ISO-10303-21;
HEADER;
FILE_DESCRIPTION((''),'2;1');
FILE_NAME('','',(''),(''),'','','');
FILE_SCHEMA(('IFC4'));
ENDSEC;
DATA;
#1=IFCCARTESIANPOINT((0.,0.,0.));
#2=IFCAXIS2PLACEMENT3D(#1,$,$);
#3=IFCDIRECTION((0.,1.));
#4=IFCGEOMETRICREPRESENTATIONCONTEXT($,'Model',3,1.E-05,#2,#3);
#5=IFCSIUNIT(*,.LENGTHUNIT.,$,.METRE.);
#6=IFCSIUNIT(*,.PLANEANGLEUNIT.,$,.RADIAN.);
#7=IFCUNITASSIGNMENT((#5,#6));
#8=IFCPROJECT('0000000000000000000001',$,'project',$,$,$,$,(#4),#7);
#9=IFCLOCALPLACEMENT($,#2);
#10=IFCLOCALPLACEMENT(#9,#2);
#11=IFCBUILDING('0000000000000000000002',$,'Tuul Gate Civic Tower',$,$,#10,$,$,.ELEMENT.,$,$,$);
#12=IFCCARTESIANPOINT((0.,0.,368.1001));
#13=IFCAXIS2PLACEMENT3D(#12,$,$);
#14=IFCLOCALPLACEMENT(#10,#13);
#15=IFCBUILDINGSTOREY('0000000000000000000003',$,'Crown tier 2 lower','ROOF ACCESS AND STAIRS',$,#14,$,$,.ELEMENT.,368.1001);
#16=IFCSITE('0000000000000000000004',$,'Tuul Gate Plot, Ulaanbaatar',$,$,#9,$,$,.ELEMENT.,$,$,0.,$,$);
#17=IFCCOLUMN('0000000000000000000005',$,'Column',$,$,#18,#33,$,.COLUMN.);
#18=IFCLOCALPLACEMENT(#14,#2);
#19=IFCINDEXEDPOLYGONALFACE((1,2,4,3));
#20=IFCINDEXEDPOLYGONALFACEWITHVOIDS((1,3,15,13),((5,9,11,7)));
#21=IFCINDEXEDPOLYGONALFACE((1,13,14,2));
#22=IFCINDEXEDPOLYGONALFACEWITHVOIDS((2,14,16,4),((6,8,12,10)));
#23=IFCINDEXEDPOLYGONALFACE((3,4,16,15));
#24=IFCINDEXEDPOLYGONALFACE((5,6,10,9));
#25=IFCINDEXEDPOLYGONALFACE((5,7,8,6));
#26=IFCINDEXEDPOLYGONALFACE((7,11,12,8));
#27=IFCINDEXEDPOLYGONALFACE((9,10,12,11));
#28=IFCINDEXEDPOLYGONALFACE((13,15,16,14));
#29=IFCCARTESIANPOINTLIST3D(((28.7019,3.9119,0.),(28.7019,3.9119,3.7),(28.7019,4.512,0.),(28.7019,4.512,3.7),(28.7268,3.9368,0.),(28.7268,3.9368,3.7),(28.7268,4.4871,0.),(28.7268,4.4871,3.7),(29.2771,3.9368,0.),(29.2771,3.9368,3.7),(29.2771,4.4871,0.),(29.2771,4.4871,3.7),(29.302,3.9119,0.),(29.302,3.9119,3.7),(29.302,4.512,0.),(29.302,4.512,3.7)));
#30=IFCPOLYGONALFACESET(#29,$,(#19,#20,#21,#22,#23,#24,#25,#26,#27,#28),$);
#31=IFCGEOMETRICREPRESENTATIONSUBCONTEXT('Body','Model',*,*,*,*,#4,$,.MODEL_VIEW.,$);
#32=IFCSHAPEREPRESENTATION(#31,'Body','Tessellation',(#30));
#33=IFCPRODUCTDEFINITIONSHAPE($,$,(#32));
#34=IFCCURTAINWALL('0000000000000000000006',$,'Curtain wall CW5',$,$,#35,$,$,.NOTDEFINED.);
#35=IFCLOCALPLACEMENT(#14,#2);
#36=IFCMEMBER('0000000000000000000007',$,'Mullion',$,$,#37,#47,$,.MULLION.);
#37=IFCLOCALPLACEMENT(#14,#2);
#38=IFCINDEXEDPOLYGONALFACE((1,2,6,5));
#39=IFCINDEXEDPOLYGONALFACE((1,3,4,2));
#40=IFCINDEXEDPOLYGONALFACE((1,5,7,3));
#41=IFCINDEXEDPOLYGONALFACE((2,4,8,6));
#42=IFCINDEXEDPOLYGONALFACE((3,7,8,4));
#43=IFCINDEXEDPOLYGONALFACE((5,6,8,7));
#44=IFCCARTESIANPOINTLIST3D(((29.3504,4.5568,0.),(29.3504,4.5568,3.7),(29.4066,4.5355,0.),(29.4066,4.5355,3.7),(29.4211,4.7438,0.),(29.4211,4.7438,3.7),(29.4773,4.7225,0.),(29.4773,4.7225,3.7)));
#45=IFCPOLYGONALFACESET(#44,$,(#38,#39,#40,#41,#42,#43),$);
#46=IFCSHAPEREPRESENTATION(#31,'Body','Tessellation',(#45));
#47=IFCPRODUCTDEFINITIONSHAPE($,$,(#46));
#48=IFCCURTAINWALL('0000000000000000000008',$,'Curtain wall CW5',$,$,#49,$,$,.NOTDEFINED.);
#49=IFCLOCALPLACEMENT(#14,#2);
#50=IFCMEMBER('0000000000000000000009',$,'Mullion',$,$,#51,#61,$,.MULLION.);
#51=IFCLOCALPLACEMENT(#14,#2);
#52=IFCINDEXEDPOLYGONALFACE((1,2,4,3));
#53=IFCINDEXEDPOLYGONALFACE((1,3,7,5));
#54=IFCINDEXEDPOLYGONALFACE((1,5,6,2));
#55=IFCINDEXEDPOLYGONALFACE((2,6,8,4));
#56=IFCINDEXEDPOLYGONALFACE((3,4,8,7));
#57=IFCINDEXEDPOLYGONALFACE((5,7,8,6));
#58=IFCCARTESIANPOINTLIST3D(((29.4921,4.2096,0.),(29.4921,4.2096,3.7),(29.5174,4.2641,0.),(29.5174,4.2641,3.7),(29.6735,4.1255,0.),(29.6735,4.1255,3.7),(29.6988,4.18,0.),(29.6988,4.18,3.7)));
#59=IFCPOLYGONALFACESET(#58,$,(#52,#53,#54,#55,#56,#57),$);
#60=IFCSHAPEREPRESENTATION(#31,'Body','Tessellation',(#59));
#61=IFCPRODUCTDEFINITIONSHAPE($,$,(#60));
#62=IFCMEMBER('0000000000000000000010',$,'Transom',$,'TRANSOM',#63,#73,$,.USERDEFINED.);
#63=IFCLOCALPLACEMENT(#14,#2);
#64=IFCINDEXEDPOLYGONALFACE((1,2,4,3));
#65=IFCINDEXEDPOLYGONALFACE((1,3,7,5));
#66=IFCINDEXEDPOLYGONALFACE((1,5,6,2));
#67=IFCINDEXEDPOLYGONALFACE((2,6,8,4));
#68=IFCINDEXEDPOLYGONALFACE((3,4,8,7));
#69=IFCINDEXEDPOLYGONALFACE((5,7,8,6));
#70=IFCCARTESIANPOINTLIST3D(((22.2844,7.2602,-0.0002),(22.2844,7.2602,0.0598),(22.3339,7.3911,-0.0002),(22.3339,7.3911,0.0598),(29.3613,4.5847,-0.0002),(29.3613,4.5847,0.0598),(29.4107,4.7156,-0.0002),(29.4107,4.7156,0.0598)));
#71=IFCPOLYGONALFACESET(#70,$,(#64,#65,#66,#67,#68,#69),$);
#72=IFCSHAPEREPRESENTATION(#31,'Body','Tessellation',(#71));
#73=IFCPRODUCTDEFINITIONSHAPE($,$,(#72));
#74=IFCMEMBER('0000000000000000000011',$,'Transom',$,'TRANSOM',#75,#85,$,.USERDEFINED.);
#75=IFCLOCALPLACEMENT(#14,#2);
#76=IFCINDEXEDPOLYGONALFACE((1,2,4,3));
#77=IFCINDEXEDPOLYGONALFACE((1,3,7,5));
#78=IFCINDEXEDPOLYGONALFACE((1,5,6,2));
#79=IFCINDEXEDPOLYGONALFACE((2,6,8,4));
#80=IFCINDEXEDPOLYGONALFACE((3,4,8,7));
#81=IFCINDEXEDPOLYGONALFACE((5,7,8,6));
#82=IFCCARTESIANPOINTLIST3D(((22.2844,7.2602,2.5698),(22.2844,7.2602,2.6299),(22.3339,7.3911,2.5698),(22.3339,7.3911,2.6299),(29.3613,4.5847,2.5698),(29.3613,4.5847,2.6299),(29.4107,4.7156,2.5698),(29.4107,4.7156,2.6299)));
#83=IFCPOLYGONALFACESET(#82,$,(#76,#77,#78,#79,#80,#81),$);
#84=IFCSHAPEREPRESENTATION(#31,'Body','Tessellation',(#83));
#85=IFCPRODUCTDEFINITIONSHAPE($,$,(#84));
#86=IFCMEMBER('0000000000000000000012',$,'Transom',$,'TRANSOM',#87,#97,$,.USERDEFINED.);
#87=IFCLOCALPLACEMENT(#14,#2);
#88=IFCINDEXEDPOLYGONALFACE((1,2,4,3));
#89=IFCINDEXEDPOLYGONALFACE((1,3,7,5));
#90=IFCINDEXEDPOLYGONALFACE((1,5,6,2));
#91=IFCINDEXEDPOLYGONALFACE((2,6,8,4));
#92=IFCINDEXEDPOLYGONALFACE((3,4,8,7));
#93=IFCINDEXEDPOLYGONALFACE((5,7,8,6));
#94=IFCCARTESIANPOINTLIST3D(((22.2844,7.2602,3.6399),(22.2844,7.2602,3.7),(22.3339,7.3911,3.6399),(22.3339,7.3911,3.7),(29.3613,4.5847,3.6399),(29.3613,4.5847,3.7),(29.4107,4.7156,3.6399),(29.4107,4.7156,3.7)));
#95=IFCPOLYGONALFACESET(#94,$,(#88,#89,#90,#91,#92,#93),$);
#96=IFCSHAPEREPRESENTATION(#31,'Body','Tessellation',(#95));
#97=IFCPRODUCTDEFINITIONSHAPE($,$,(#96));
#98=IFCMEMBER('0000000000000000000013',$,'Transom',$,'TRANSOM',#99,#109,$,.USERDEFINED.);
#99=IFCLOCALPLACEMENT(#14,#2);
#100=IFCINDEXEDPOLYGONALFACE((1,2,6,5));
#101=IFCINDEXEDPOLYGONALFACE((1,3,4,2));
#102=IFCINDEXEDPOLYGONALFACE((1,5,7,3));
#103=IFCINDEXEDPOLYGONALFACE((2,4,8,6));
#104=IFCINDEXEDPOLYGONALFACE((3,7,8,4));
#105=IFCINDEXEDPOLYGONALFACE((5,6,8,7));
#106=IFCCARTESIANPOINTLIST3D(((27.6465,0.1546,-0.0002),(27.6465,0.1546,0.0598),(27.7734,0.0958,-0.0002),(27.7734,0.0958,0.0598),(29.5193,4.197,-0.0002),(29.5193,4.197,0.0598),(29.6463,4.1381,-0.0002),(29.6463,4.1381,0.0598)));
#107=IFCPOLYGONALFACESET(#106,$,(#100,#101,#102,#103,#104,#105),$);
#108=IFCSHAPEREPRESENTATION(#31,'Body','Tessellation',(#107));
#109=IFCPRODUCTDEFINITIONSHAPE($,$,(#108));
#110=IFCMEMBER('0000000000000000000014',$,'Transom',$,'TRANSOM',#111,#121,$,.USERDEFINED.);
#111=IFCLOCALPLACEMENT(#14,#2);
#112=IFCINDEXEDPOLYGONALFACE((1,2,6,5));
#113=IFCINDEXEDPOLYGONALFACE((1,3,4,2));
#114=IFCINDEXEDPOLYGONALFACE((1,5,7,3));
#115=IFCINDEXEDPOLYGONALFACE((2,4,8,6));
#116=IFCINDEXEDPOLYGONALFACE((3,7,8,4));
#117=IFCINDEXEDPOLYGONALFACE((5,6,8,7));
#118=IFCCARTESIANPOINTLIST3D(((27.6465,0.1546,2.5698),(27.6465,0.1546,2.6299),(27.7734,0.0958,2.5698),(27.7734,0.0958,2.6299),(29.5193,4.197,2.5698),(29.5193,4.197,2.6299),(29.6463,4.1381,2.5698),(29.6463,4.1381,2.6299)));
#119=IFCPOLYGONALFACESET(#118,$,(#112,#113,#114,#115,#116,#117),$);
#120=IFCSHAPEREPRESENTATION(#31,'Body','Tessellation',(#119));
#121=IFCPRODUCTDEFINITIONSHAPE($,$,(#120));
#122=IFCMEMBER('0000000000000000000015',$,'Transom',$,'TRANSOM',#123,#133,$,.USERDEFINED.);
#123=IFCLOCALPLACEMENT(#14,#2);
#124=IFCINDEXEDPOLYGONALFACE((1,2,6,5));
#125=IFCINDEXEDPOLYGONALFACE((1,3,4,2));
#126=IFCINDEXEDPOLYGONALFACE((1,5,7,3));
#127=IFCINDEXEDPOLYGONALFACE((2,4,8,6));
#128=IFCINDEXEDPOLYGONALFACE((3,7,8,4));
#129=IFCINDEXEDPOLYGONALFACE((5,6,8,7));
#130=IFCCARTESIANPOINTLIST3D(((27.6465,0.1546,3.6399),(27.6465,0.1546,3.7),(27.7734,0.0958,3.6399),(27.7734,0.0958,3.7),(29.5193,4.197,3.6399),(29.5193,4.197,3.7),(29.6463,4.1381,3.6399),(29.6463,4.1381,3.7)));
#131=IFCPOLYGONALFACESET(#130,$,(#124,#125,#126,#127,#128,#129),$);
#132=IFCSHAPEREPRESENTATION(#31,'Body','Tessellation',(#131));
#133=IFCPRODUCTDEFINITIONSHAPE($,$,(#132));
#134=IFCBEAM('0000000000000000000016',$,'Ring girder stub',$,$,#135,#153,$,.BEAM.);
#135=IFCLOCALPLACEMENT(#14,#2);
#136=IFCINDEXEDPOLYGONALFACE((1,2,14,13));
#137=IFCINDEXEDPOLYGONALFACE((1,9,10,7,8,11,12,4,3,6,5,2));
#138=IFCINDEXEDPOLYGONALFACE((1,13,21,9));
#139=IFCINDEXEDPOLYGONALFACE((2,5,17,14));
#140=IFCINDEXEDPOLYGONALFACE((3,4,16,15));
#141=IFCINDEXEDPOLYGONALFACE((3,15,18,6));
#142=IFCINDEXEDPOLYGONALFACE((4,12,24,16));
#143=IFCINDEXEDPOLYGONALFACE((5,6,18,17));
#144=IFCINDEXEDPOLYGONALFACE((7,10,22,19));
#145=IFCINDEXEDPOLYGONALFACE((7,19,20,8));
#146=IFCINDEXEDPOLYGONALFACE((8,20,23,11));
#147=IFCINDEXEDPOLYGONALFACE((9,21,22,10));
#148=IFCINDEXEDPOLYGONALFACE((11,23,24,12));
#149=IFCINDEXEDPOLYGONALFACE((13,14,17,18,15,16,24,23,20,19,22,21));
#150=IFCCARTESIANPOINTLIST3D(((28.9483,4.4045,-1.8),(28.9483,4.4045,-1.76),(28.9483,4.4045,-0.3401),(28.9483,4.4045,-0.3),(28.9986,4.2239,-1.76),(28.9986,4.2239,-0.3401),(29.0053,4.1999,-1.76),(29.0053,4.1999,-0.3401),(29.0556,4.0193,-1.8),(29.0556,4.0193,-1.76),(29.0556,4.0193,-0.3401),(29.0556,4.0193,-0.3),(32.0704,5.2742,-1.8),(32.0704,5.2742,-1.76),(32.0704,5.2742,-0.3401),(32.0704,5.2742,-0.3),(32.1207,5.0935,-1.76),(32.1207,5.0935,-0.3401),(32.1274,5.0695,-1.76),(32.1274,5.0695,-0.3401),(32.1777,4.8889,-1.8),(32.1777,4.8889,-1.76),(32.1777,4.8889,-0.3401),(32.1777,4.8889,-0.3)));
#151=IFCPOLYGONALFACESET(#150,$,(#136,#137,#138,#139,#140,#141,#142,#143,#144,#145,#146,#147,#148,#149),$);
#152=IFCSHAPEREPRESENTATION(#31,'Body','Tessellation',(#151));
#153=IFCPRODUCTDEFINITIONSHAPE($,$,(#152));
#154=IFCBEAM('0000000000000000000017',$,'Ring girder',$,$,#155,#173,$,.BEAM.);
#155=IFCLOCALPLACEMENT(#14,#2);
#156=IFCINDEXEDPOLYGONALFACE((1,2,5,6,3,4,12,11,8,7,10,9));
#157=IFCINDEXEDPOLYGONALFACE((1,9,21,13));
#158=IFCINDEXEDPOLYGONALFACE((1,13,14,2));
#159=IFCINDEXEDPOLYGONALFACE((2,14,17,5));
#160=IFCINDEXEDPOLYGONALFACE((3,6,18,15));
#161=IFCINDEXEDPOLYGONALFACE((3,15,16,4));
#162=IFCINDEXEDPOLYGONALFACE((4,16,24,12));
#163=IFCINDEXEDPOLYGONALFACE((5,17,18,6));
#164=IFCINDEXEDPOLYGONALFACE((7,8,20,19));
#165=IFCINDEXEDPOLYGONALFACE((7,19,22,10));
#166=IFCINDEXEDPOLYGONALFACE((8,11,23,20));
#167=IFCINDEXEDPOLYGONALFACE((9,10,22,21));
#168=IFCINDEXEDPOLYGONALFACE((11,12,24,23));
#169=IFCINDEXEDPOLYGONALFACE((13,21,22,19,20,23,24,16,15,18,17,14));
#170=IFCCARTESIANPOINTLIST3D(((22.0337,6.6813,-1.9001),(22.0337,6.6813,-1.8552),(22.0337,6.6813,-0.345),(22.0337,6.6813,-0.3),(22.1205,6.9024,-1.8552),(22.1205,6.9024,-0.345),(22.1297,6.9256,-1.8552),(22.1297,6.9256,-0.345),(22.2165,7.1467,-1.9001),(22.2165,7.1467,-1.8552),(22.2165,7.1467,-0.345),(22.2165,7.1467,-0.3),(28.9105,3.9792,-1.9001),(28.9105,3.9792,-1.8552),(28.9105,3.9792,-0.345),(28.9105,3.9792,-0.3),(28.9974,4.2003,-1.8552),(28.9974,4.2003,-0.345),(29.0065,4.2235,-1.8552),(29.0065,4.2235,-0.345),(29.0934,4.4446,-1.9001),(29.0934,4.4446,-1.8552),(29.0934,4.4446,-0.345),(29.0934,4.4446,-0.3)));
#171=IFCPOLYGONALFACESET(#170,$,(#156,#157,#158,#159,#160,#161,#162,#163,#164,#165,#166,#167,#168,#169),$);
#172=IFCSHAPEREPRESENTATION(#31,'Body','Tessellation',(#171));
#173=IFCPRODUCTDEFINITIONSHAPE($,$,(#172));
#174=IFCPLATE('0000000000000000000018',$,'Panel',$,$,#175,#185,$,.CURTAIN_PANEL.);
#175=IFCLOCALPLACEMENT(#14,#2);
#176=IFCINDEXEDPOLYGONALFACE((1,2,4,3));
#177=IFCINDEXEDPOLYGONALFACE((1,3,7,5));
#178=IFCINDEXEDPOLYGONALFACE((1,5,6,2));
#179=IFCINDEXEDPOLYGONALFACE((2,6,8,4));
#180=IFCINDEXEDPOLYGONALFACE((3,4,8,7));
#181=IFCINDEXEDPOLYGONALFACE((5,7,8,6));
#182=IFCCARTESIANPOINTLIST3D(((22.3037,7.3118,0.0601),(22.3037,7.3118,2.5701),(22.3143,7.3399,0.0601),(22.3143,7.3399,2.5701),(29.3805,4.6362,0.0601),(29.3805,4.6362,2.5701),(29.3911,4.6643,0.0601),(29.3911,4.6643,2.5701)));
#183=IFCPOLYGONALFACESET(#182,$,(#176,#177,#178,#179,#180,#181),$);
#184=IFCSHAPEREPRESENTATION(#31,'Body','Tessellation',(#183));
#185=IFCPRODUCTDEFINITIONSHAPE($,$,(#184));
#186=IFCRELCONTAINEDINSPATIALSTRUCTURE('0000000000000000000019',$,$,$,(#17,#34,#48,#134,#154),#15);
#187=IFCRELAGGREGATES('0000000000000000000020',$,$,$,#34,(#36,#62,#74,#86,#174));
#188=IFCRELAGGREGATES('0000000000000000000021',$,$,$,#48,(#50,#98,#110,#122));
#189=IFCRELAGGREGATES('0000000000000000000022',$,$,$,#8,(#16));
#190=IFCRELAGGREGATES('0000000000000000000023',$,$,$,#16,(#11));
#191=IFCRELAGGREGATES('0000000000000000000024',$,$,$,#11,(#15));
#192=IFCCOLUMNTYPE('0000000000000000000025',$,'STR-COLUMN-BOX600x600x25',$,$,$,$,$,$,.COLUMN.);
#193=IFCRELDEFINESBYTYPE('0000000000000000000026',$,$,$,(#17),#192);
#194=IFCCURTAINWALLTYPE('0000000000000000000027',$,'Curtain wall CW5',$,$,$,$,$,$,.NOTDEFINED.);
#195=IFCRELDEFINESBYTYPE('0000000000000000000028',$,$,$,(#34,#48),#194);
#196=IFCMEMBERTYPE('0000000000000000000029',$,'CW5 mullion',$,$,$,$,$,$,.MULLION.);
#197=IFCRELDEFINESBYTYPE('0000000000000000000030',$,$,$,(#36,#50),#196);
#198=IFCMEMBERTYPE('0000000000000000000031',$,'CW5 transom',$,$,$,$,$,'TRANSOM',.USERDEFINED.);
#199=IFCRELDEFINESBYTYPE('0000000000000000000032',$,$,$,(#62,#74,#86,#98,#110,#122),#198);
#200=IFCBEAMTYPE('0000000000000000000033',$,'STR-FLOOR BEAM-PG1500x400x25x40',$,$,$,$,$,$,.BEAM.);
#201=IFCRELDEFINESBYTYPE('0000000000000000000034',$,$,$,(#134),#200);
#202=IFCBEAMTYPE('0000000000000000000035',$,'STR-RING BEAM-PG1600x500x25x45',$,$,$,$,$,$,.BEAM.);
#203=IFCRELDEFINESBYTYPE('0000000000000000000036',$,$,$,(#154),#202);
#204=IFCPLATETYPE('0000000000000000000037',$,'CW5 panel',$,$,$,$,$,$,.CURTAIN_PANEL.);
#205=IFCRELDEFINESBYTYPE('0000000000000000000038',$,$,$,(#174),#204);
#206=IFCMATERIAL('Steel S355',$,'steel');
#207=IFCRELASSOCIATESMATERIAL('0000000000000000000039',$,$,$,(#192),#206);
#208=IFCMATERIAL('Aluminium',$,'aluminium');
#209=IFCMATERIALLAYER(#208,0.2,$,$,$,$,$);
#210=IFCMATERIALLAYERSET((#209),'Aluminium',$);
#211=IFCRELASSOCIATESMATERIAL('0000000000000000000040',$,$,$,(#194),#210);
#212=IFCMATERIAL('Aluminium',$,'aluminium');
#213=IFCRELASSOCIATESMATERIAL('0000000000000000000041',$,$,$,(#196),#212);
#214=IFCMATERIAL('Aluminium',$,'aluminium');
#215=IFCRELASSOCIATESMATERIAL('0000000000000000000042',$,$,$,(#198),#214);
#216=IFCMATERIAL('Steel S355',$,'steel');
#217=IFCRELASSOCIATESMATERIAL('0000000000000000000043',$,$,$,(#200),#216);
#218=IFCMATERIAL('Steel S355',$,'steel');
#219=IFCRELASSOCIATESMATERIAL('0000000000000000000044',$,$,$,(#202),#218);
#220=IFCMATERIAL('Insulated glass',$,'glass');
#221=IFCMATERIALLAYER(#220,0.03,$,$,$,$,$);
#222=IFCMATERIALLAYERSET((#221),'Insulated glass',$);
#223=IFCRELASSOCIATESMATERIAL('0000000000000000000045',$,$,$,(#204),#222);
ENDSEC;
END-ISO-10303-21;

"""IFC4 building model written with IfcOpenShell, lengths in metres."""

from ifc_helpers import new_model, si_unit, direction, frame, origin, origin_2d, place, context, subcontext, project, spatial, rectangle, hollow_rectangle, i_section, extrude, material, layer, layer_set, material_profile, profile_set, type_object, element, aggregate, save


model = new_model("IFC4")

# Units and contexts
model_context = context("Model", 3, precision=1e-05, world=origin(), true_north=direction((0.0, 1.0)))
body_context = subcontext(model_context, "Body", "Model", "MODEL_VIEW")
ifc_project = project(units=[si_unit("LENGTHUNIT", "METRE"), si_unit("PLANEANGLEUNIT", "RADIAN")], contexts=[model_context])

# Site, building, storey
site_placement = place(None, origin())
site = spatial("IfcSite", under=ifc_project, at=site_placement, Name="Tuul Gate Plot, Ulaanbaatar", CompositionType="ELEMENT", RefElevation=0.0)
building_placement = place(site_placement, origin())
building = spatial("IfcBuilding", under=site, at=building_placement, Name="Tuul Gate Civic Tower", CompositionType="ELEMENT")
storey_placement = place(building_placement, frame((0.0, 0.0, 368.1001)))
storey = spatial("IfcBuildingStorey", under=building, at=storey_placement, Name="Crown tier 2 lower", Description="ROOF ACCESS AND STAIRS", CompositionType="ELEMENT", Elevation=368.1001)

# Column
ifc_material_1 = material(Name="Steel S355", Category="steel")
ifc_material_profile_1 = material_profile(ifc_material_1, hollow_rectangle(XDim=0.6001, YDim=0.6001, WallThickness=0.0249, at=origin_2d()), Name="BOX600x600x25")
ifc_profile_set_1 = profile_set([ifc_material_profile_1], Name="Steel S355")
column_type = type_object("IfcColumnType", Name="STR-COLUMN-BOX600x600x25", PredefinedType="COLUMN", material=ifc_profile_set_1)
column_placement = place(storey_placement, frame((29.002, 4.2119, 0.0), z_axis=(0.0, 0.0, 1.0), x_axis=(1.0, 0.0, 0.0)))
element("IfcColumn", 1, at=column_placement, inside=storey, type_object=column_type, Name="Column", PredefinedType="COLUMN", context=body_context, shape_type="SweptSolid", body=[
    extrude(hollow_rectangle(XDim=0.6001, YDim=0.6001, WallThickness=0.0249, at=origin_2d()), origin(), (0.0, 0.0, 1.0), 3.7),
])

# Curtain walls, members
ifc_material_2 = material(Name="Aluminium", Category="aluminium")
ifc_layer_1 = layer(ifc_material_2, 0.2)
ifc_layer_set_1 = layer_set([ifc_layer_1], Name="Aluminium")
curtain_wall_type = type_object("IfcCurtainWallType", Name="Curtain wall CW5", PredefinedType="NOTDEFINED", material=ifc_layer_set_1)
curtain_wall_1_placement = place(storey_placement, origin())
curtain_wall_1 = element("IfcCurtainWall", 2, at=curtain_wall_1_placement, inside=storey, type_object=curtain_wall_type, Name="Curtain wall CW5", PredefinedType="NOTDEFINED")
ifc_material_3 = material(Name="Aluminium", Category="aluminium")
ifc_material_profile_2 = material_profile(ifc_material_3, rectangle(XDim=0.2, YDim=0.0601, at=origin_2d()), Name="CW5 mullion")
ifc_profile_set_2 = profile_set([ifc_material_profile_2], Name="Aluminium")
member_type_1 = type_object("IfcMemberType", Name="CW5 mullion", PredefinedType="MULLION", material=ifc_profile_set_2)
member_1_placement = place(storey_placement, frame((29.4138, 4.6396, 0.0), z_axis=(0.0, 0.0, 1.0), x_axis=(-0.353646, -0.935379, 0.0)))
member_1 = element("IfcMember", 3, at=member_1_placement, type_object=member_type_1, Name="Mullion", PredefinedType="MULLION", context=body_context, shape_type="SweptSolid", body=[
    extrude(rectangle(XDim=0.2, YDim=0.0601, at=origin_2d()), origin(), (0.0, 0.0, 1.0), 3.7),
])
curtain_wall_2_placement = place(storey_placement, origin())
curtain_wall_2 = element("IfcCurtainWall", 4, at=curtain_wall_2_placement, inside=storey, type_object=curtain_wall_type, Name="Curtain wall CW5", PredefinedType="NOTDEFINED")
member_2_placement = place(storey_placement, frame((29.5955, 4.1948, 0.0), z_axis=(0.0, 0.0, 1.0), x_axis=(-0.907349, 0.420379, 0.0)))
member_2 = element("IfcMember", 5, at=member_2_placement, type_object=member_type_1, Name="Mullion", PredefinedType="MULLION", context=body_context, shape_type="SweptSolid", body=[
    extrude(rectangle(XDim=0.2, YDim=0.0601, at=origin_2d()), origin(), (0.0, 0.0, 1.0), 3.7),
])

# Members
ifc_material_4 = material(Name="Aluminium", Category="aluminium")
ifc_material_profile_3 = material_profile(ifc_material_4, rectangle(XDim=0.1399, YDim=0.0601, at=origin_2d()), Name="CW5 transom")
ifc_profile_set_3 = profile_set([ifc_material_profile_3], Name="Aluminium")
member_type_2 = type_object("IfcMemberType", Name="CW5 transom", ElementType="TRANSOM", PredefinedType="USERDEFINED", material=ifc_profile_set_3)
member_3_placement = place(storey_placement, frame((29.386, 4.6501, 0.0298), z_axis=(-0.935383, 0.353637, 0.0), x_axis=(-0.353637, -0.935383, 0.0)))
member_3 = element("IfcMember", 6, at=member_3_placement, type_object=member_type_2, Name="Transom", ObjectType="TRANSOM", PredefinedType="USERDEFINED", context=body_context, shape_type="SweptSolid", body=[
    extrude(rectangle(XDim=0.1399, YDim=0.0601, at=origin_2d()), origin(), (0.0, 0.0, 1.0), 7.5657),
])
member_4_placement = place(storey_placement, frame((29.386, 4.6501, 2.5999), z_axis=(-0.935383, 0.353637, 0.0), x_axis=(-0.353637, -0.935383, 0.0)))
member_4 = element("IfcMember", 7, at=member_4_placement, type_object=member_type_2, Name="Transom", ObjectType="TRANSOM", PredefinedType="USERDEFINED", context=body_context, shape_type="SweptSolid", body=[
    extrude(rectangle(XDim=0.1399, YDim=0.0601, at=origin_2d()), origin(), (0.0, 0.0, 1.0), 7.5657),
])
member_5_placement = place(storey_placement, frame((29.386, 4.6501, 3.6699), z_axis=(-0.935383, 0.353637, 0.0), x_axis=(-0.353637, -0.935383, 0.0)))
member_5 = element("IfcMember", 8, at=member_5_placement, type_object=member_type_2, Name="Transom", ObjectType="TRANSOM", PredefinedType="USERDEFINED", context=body_context, shape_type="SweptSolid", body=[
    extrude(rectangle(XDim=0.1399, YDim=0.0601, at=origin_2d()), origin(), (0.0, 0.0, 1.0), 7.5657),
])
member_6_placement = place(storey_placement, frame((27.71, 0.1252, 0.0298), z_axis=(0.420382, 0.907347, 0.0), x_axis=(-0.907347, 0.420382, 0.0)))
member_6 = element("IfcMember", 9, at=member_6_placement, type_object=member_type_2, Name="Transom", ObjectType="TRANSOM", PredefinedType="USERDEFINED", context=body_context, shape_type="SweptSolid", body=[
    extrude(rectangle(XDim=0.1399, YDim=0.0601, at=origin_2d()), origin(), (0.0, 0.0, 1.0), 4.4551),
])
member_7_placement = place(storey_placement, frame((27.71, 0.1252, 2.5999), z_axis=(0.420382, 0.907347, 0.0), x_axis=(-0.907347, 0.420382, 0.0)))
member_7 = element("IfcMember", 10, at=member_7_placement, type_object=member_type_2, Name="Transom", ObjectType="TRANSOM", PredefinedType="USERDEFINED", context=body_context, shape_type="SweptSolid", body=[
    extrude(rectangle(XDim=0.1399, YDim=0.0601, at=origin_2d()), origin(), (0.0, 0.0, 1.0), 4.4551),
])
member_8_placement = place(storey_placement, frame((27.71, 0.1252, 3.6699), z_axis=(0.420382, 0.907347, 0.0), x_axis=(-0.907347, 0.420382, 0.0)))
member_8 = element("IfcMember", 11, at=member_8_placement, type_object=member_type_2, Name="Transom", ObjectType="TRANSOM", PredefinedType="USERDEFINED", context=body_context, shape_type="SweptSolid", body=[
    extrude(rectangle(XDim=0.1399, YDim=0.0601, at=origin_2d()), origin(), (0.0, 0.0, 1.0), 4.4551),
])

# Beams
ifc_material_5 = material(Name="Steel S355", Category="steel")
ifc_material_profile_4 = material_profile(ifc_material_5, i_section(OverallWidth=0.3999, OverallDepth=1.5, WebThickness=0.0249, FlangeThickness=0.04, at=origin_2d()), Name="PG1500x400x25x40")
ifc_profile_set_4 = profile_set([ifc_material_profile_4], Name="Steel S355")
beam_type_1 = type_object("IfcBeamType", Name="STR-FLOOR BEAM-PG1500x400x25x40", PredefinedType="BEAM", material=ifc_profile_set_4)
beam_1_placement = place(storey_placement, frame((32.124, 5.0815, -1.05), z_axis=(-0.963328, -0.268328, 0.0), x_axis=(0.268328, -0.963328, 0.0)))
element("IfcBeam", 12, at=beam_1_placement, inside=storey, type_object=beam_type_1, Name="Ring girder stub", PredefinedType="BEAM", context=body_context, shape_type="SweptSolid", body=[
    extrude(i_section(OverallWidth=0.3999, OverallDepth=1.5, WebThickness=0.0249, FlangeThickness=0.04, at=origin_2d()), origin(), (0.0, 0.0, 1.0), 3.241),
])
ifc_material_6 = material(Name="Steel S355", Category="steel")
ifc_material_profile_5 = material_profile(ifc_material_6, i_section(OverallWidth=0.5, OverallDepth=1.6001, WebThickness=0.0249, FlangeThickness=0.0449, at=origin_2d()), Name="PG1600x500x25x45")
ifc_profile_set_5 = profile_set([ifc_material_profile_5], Name="Steel S355")
beam_type_2 = type_object("IfcBeamType", Name="STR-RING BEAM-PG1600x500x25x45", PredefinedType="BEAM", material=ifc_profile_set_5)
beam_2_placement = place(storey_placement, frame((29.002, 4.2119, -1.1001), z_axis=(-0.930729, 0.36571, 0.0), x_axis=(-0.36571, -0.930729, 0.0)))
element("IfcBeam", 13, at=beam_2_placement, inside=storey, type_object=beam_type_2, Name="Ring girder", PredefinedType="BEAM", context=body_context, shape_type="SweptSolid", body=[
    extrude(i_section(OverallWidth=0.5, OverallDepth=1.6001, WebThickness=0.0249, FlangeThickness=0.0449, at=origin_2d()), origin(), (0.0, 0.0, 1.0), 7.3887),
])

# Plate
ifc_material_7 = material(Name="Insulated glass", Category="glass")
ifc_layer_2 = layer(ifc_material_7, 0.03)
ifc_layer_set_2 = layer_set([ifc_layer_2], Name="Insulated glass")
plate_type = type_object("IfcPlateType", Name="CW5 panel", PredefinedType="CURTAIN_PANEL", material=ifc_layer_set_2)
plate_1_placement = place(storey_placement, frame((25.8474, 5.988, 0.0601), z_axis=(0.0, 0.0, 1.0), x_axis=(-0.935379, 0.353646, 0.0)))
plate_1 = element("IfcPlate", 14, at=plate_1_placement, type_object=plate_type, Name="Panel", PredefinedType="CURTAIN_PANEL", context=body_context, shape_type="SweptSolid", body=[
    extrude(rectangle(XDim=7.5657, YDim=0.03, at=origin_2d()), origin(), (0.0, 0.0, 1.0), 2.51),
])
aggregate(curtain_wall_1, [member_1, member_3, member_4, member_5, plate_1])
aggregate(curtain_wall_2, [member_2, member_6, member_7, member_8])

save(model, "model.ifc")
